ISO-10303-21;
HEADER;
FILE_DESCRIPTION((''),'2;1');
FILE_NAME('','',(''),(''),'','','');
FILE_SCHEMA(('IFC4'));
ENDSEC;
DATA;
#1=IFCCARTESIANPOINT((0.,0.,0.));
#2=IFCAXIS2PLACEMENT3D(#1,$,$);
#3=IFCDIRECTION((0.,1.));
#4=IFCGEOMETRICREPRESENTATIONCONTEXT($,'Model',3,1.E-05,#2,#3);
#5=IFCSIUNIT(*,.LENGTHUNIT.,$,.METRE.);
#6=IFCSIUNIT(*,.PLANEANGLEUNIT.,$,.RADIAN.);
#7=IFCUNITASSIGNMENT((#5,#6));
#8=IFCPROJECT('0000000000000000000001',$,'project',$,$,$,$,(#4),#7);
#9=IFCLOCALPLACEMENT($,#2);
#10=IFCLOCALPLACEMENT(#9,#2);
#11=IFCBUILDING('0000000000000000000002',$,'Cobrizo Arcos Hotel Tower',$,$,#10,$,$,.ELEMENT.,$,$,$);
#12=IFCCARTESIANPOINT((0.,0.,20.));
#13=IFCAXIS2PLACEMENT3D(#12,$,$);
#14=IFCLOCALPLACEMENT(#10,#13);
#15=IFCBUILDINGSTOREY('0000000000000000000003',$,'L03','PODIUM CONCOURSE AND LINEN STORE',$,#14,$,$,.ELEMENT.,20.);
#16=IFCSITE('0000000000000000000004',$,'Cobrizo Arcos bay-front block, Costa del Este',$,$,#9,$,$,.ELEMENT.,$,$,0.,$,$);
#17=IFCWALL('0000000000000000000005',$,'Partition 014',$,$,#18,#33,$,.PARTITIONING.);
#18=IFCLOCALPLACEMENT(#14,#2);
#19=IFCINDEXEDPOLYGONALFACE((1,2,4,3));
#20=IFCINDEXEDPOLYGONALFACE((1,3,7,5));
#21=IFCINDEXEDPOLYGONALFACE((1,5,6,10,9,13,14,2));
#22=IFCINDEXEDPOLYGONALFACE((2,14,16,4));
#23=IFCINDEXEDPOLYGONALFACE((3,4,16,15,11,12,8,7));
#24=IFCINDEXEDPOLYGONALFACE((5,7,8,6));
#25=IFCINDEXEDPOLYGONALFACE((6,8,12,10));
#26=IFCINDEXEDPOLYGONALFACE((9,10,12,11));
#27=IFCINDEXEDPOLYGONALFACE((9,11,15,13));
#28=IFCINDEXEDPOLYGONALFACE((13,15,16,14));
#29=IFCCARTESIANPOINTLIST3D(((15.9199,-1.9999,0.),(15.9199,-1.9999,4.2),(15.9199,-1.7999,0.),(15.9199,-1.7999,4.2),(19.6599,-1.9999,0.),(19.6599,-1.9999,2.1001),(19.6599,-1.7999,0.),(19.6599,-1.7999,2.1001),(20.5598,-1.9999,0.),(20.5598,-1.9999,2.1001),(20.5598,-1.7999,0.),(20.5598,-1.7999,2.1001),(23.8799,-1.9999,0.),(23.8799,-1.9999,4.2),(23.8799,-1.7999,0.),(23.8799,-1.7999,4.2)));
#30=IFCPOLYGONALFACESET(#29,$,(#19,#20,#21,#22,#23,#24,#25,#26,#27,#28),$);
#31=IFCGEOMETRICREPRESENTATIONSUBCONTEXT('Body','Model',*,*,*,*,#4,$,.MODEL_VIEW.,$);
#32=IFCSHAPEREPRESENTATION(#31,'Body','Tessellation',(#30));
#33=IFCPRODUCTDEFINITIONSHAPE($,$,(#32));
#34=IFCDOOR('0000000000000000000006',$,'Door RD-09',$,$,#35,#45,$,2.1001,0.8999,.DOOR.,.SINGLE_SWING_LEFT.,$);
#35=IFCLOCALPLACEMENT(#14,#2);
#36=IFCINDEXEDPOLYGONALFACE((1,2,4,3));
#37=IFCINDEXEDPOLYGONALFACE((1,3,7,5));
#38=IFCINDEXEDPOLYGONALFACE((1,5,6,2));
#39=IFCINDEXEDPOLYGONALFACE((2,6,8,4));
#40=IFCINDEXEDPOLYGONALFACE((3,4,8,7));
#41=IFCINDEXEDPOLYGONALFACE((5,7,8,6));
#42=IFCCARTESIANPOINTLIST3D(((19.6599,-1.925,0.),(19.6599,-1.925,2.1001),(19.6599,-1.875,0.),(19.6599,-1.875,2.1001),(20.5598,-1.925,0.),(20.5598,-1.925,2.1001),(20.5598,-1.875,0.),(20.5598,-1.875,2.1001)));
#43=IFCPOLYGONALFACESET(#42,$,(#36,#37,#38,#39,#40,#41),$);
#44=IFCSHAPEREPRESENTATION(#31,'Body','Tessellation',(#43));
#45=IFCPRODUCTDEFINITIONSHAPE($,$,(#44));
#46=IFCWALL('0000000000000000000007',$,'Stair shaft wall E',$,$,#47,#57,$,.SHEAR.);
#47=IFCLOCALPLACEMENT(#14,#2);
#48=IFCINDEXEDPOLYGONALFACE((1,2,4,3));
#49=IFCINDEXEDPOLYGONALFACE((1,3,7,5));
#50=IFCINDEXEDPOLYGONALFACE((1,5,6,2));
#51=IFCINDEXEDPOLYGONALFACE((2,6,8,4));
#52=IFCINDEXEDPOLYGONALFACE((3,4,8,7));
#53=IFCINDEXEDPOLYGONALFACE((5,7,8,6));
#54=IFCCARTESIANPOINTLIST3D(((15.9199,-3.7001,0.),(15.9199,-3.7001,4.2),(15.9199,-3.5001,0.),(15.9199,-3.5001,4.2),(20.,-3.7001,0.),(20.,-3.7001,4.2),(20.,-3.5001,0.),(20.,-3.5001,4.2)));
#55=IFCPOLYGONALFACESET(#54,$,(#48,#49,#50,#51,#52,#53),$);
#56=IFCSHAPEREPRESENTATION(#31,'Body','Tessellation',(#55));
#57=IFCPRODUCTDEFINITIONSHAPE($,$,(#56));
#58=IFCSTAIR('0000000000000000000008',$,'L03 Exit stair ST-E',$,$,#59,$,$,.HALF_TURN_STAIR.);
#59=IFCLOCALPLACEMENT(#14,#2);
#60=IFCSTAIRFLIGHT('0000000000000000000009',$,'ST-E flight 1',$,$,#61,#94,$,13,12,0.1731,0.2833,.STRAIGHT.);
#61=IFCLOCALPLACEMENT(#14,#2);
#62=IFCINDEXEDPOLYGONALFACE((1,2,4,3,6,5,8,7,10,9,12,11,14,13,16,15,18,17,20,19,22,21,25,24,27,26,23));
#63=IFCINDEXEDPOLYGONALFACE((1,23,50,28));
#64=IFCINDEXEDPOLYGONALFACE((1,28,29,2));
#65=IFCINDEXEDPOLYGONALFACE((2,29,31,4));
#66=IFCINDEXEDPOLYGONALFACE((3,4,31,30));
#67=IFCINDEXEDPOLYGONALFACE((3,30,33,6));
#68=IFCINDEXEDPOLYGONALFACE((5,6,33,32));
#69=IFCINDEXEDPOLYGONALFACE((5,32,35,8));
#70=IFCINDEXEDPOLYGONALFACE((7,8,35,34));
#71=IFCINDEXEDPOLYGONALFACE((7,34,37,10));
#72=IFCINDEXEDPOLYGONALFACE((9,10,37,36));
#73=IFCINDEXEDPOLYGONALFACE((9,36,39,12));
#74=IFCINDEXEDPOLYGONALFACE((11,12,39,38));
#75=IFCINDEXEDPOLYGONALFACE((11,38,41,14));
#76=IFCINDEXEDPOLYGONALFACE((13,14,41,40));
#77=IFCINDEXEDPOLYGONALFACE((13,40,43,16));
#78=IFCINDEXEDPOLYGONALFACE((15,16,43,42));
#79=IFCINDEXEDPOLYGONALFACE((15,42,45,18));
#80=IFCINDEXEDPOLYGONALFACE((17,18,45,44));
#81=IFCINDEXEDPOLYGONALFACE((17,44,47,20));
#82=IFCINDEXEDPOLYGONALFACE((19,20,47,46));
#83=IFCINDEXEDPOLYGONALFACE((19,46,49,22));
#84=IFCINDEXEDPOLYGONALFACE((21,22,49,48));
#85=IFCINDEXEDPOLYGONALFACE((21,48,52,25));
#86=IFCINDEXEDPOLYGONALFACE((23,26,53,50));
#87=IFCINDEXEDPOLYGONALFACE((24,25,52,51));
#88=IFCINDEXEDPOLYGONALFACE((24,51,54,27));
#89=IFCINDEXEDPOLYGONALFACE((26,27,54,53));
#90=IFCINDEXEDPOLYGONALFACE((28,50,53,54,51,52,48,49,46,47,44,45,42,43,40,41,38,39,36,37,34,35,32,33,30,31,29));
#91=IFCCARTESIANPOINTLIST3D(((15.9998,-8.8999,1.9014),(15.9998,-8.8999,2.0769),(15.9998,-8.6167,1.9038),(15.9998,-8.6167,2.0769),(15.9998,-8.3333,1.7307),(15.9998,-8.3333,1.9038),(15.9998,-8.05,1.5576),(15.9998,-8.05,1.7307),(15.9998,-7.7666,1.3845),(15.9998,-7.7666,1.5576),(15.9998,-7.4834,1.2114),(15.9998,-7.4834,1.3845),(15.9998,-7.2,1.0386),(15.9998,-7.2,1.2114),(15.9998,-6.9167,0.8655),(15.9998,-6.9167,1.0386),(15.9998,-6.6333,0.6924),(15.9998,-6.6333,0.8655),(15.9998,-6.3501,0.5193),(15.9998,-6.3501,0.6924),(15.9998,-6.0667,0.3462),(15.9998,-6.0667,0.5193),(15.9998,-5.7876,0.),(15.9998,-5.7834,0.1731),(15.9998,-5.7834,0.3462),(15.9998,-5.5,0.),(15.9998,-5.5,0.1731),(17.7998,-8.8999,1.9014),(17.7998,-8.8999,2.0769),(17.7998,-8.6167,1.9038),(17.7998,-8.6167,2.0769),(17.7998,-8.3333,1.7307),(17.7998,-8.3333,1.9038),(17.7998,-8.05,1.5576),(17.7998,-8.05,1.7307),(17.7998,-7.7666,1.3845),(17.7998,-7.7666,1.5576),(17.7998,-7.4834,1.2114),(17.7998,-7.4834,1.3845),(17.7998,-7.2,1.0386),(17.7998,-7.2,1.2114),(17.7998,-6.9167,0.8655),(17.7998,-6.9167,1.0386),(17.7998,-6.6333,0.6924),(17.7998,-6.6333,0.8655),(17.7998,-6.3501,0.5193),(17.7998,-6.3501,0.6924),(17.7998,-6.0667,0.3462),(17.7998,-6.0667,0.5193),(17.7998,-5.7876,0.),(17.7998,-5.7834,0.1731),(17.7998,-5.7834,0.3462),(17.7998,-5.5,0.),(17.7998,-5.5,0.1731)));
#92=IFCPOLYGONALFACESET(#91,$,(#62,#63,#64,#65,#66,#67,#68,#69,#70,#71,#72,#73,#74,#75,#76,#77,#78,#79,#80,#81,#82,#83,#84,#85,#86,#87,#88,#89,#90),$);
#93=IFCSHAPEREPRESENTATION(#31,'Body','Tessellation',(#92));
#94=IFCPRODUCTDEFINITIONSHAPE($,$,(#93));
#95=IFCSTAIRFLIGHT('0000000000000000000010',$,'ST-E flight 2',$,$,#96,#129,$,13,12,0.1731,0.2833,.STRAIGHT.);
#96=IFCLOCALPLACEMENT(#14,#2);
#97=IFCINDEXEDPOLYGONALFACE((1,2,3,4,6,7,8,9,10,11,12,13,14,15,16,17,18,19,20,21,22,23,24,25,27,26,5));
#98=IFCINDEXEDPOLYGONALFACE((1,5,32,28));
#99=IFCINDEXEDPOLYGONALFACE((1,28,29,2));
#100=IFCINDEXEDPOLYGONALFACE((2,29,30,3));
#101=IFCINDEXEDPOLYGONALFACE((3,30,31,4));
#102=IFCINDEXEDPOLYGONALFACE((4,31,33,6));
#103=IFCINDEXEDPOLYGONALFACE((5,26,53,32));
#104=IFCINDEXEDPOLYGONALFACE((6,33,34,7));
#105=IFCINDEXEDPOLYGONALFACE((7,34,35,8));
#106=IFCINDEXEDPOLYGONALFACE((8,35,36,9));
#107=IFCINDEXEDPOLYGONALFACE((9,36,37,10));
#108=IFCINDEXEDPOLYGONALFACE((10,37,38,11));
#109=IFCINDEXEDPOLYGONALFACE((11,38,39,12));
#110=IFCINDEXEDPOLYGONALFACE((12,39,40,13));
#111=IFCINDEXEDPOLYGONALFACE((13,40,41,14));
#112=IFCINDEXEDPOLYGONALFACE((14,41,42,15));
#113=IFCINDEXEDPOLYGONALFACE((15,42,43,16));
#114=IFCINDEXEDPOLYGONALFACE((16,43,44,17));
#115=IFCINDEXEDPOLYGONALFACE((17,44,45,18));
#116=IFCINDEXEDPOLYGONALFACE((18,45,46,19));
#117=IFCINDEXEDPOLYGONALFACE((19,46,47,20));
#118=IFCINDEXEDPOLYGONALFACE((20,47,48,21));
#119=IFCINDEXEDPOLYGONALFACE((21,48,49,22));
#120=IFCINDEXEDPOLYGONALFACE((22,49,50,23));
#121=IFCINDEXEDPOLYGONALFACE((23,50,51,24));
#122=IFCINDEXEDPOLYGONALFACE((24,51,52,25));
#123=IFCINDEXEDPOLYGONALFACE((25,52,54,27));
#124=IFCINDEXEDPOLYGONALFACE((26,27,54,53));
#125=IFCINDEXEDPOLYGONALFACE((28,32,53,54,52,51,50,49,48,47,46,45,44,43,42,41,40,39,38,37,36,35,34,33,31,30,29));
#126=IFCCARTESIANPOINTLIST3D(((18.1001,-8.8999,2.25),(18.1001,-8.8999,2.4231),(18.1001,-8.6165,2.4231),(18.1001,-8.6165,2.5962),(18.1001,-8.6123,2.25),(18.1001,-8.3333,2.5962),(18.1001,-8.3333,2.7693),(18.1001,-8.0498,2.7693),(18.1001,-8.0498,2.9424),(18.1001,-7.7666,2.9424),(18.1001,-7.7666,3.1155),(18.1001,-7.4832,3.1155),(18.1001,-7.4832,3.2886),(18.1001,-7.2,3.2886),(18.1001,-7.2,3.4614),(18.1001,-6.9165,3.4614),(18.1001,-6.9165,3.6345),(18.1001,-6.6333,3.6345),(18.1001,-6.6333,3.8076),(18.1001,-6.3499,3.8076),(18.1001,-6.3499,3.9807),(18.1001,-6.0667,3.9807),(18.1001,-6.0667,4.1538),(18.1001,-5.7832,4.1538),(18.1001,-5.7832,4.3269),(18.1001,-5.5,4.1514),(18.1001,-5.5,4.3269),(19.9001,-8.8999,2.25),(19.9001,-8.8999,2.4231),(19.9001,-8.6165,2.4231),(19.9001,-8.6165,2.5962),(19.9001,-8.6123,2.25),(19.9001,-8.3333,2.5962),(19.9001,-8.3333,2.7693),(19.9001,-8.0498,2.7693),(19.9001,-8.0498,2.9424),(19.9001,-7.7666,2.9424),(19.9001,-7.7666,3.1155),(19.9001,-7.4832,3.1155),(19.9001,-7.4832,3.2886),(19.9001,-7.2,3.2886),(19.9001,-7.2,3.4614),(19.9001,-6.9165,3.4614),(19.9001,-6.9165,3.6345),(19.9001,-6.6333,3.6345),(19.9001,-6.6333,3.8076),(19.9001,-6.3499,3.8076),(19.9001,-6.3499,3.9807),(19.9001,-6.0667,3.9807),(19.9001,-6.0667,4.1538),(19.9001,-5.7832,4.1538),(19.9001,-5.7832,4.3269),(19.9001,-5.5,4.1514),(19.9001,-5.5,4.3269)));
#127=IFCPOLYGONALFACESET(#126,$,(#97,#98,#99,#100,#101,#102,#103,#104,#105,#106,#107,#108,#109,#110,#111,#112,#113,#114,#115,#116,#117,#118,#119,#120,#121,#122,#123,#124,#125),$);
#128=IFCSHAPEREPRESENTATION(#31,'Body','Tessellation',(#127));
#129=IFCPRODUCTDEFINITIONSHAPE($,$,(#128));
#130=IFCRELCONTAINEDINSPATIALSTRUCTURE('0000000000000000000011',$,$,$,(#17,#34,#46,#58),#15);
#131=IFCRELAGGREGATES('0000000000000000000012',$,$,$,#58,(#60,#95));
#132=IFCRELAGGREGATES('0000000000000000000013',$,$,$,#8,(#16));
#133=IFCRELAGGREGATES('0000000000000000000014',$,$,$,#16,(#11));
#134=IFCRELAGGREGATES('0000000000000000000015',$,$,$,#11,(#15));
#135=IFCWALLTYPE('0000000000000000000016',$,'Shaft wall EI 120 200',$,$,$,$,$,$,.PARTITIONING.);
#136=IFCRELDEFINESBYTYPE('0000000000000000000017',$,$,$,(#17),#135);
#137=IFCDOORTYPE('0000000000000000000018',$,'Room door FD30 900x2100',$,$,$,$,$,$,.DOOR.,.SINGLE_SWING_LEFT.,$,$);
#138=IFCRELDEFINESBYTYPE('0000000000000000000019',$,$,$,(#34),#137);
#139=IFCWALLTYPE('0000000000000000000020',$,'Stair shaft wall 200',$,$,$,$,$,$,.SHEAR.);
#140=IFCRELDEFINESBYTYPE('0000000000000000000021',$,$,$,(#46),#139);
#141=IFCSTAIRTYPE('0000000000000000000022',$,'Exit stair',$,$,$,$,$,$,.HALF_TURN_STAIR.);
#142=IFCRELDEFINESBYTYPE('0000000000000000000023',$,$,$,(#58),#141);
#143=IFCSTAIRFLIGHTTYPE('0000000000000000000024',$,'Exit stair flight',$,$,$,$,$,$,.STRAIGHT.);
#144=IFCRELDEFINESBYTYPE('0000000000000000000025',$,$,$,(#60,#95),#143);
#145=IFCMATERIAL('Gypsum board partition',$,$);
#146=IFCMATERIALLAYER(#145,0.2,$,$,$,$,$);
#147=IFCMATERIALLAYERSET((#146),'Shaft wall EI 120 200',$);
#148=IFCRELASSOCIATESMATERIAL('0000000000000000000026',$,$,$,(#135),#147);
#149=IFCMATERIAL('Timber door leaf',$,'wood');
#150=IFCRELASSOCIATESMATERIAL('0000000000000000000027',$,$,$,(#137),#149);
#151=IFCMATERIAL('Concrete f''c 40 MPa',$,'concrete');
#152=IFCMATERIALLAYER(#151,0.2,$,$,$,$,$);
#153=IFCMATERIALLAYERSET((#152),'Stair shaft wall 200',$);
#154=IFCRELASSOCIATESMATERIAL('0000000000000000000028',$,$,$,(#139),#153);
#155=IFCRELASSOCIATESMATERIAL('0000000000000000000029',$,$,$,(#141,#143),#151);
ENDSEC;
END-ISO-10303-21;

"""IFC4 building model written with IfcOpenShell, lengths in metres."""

from ifc_helpers import new_model, si_unit, direction, frame, frame_2d, origin, place, context, subcontext, project, spatial, polyline, rectangle, outline, extrude, material, layer, layer_set, type_object, element, fill, aggregate, save


model = new_model("IFC4")

# Units and contexts
model_context = context("Model", 3, precision=1e-05, world=origin(), true_north=direction((0.0, 1.0)))
body_context = subcontext(model_context, "Body", "Model", "MODEL_VIEW")
ifc_project = project(units=[si_unit("LENGTHUNIT", "METRE"), si_unit("PLANEANGLEUNIT", "RADIAN")], contexts=[model_context])

# Site, building, storey
site_placement = place(None, origin())
site = spatial("IfcSite", under=ifc_project, at=site_placement, Name="Cobrizo Arcos bay-front block, Costa del Este", CompositionType="ELEMENT", RefElevation=0.0)
building_placement = place(site_placement, origin())
building = spatial("IfcBuilding", under=site, at=building_placement, Name="Cobrizo Arcos Hotel Tower", CompositionType="ELEMENT")
storey_placement = place(building_placement, frame((0.0, 0.0, 20.0)))
storey = spatial("IfcBuildingStorey", under=building, at=storey_placement, Name="L03", Description="PODIUM CONCOURSE AND LINEN STORE", CompositionType="ELEMENT", Elevation=20.0)

# Wall, opening, door
ifc_material_1 = material(Name="Gypsum board partition")
ifc_layer_1 = layer(ifc_material_1, 0.2)
ifc_layer_set_1 = layer_set([ifc_layer_1], Name="Shaft wall EI 120 200")
wall_type_1 = type_object("IfcWallType", Name="Shaft wall EI 120 200", PredefinedType="PARTITIONING", material=ifc_layer_set_1)
wall_1_placement = place(storey_placement, frame((15.9199, -1.8999, 0.0), z_axis=(0.0, 0.0, 1.0), x_axis=(1.0, 0.0, 0.0)))
wall_1 = element("IfcWall", 1, at=wall_1_placement, inside=storey, type_object=wall_type_1, Name="Partition 014", PredefinedType="PARTITIONING", context=body_context, shape_type="SweptSolid", body=[
    extrude(rectangle(XDim=7.96, YDim=0.2, at=frame_2d((3.98, 0.0))), origin(), (0.0, 0.0, 1.0), 4.2),
])
opening_1_placement = place(wall_1_placement, frame((3.74, 0.0, 0.0)))
opening_1 = element("IfcOpeningElement", 2, at=opening_1_placement, cuts=wall_1, PredefinedType="OPENING", context=body_context, shape_type="SweptSolid", body=[
    extrude(rectangle(XDim=0.8999, YDim=2.1001, at=frame_2d((0.45, 1.05))), frame((0.0, 0.1121, 0.0), z_axis=(0.0, -1.0, 0.0), x_axis=(1.0, 0.0, 0.0)), (0.0, 0.0, 1.0), 0.2239),
])
ifc_material_2 = material(Name="Timber door leaf", Category="wood")
door_type_1 = type_object("IfcDoorType", Name="Room door FD30 900x2100", OperationType="SINGLE_SWING_LEFT", PredefinedType="DOOR", material=ifc_material_2)
door_1_placement = place(opening_1_placement, origin())
door_1 = element("IfcDoor", 3, at=door_1_placement, inside=storey, type_object=door_type_1, Name="Door RD-09", OperationType="SINGLE_SWING_LEFT", OverallHeight=2.1001, OverallWidth=0.8999, PredefinedType="DOOR", context=body_context, shape_type="SweptSolid", body=[
    extrude(rectangle(XDim=0.8999, YDim=2.1001, at=frame_2d((0.45, 1.05))), frame((0.0, 0.0249, 0.0), z_axis=(0.0, -1.0, 0.0), x_axis=(1.0, 0.0, 0.0)), (0.0, 0.0, 1.0), 0.05),
])
fill(opening_1, door_1)

# Wall
ifc_material_3 = material(Name="Concrete f'c 40 MPa", Category="concrete")
ifc_layer_2 = layer(ifc_material_3, 0.2)
ifc_layer_set_2 = layer_set([ifc_layer_2], Name="Stair shaft wall 200")
wall_type_2 = type_object("IfcWallType", Name="Stair shaft wall 200", PredefinedType="SHEAR", material=ifc_layer_set_2)
wall_2_placement = place(storey_placement, frame((15.9199, -3.6001, 0.0), z_axis=(0.0, 0.0, 1.0), x_axis=(1.0, 0.0, 0.0)))
element("IfcWall", 4, at=wall_2_placement, inside=storey, type_object=wall_type_2, Name="Stair shaft wall E", PredefinedType="SHEAR", context=body_context, shape_type="SweptSolid", body=[
    extrude(rectangle(XDim=4.0801, YDim=0.2, at=frame_2d((2.04, 0.0))), origin(), (0.0, 0.0, 1.0), 4.2),
])

# Stair, stair flights
stair_type = type_object("IfcStairType", Name="Exit stair", PredefinedType="HALF_TURN_STAIR", material=ifc_material_3)
stair_placement = place(storey_placement, origin())
stair = element("IfcStair", 5, at=stair_placement, inside=storey, type_object=stair_type, Name="L03 Exit stair ST-E", PredefinedType="HALF_TURN_STAIR")
stair_flight_type = type_object("IfcStairFlightType", Name="Exit stair flight", PredefinedType="STRAIGHT", material=ifc_material_3)
stair_flight_1_placement = place(storey_placement, frame((16.8999, -5.5, 0.0), z_axis=(0.0, 0.0, 1.0), x_axis=(0.0, -1.0, 0.0)))
stair_flight_1 = element("IfcStairFlight", 6, at=stair_flight_1_placement, type_object=stair_flight_type, Name="ST-E flight 1", NumberOfRisers=13, NumberOfTreads=12, PredefinedType="STRAIGHT", RiserHeight=0.1731, TreadLength=0.2833, context=body_context, shape_type="SweptSolid", body=[
    extrude(outline(polyline([(0.0, 0.0), (0.0, 0.1731), (0.2834, 0.1731), (0.2834, 0.3462), (0.5667, 0.3462), (0.5667, 0.5193), (0.8501, 0.5193), (0.8501, 0.6924), (1.1333, 0.6924), (1.1333, 0.8655), (1.4167, 0.8655), (1.4167, 1.0386), (1.7, 1.0386), (1.7, 1.2114), (1.9834, 1.2114), (1.9834, 1.3845), (2.2666, 1.3845), (2.2666, 1.5576), (2.55, 1.5576), (2.55, 1.7307), (2.8333, 1.7307), (2.8333, 1.9038), (3.1167, 1.9038), (3.1167, 2.0769), (3.3999, 2.0769), (3.3999, 2.25), (3.3999, 1.9014), (0.2876, 0.0), (0.0, 0.0)])), frame((0.0, 0.8999, 0.0), z_axis=(0.0, -1.0, 0.0), x_axis=(1.0, 0.0, 0.0)), (0.0, 0.0, 1.0), 1.8),
])
stair_flight_2_placement = place(storey_placement, frame((19.0, -8.8999, 2.25), z_axis=(0.0, 0.0, 1.0), x_axis=(0.0, 1.0, 0.0)))
stair_flight_2 = element("IfcStairFlight", 7, at=stair_flight_2_placement, type_object=stair_flight_type, Name="ST-E flight 2", NumberOfRisers=13, NumberOfTreads=12, PredefinedType="STRAIGHT", RiserHeight=0.1731, TreadLength=0.2833, context=body_context, shape_type="SweptSolid", body=[
    extrude(outline(polyline([(0.0, 0.0), (0.0, 0.1731), (0.2834, 0.1731), (0.2834, 0.3462), (0.5667, 0.3462), (0.5667, 0.5193), (0.8501, 0.5193), (0.8501, 0.6924), (1.1333, 0.6924), (1.1333, 0.8655), (1.4167, 0.8655), (1.4167, 1.0386), (1.7, 1.0386), (1.7, 1.2114), (1.9834, 1.2114), (1.9834, 1.3845), (2.2666, 1.3845), (2.2666, 1.5576), (2.55, 1.5576), (2.55, 1.7307), (2.8333, 1.7307), (2.8333, 1.9038), (3.1167, 1.9038), (3.1167, 2.0769), (3.3999, 2.0769), (3.3999, 2.25), (3.3999, 1.9014), (0.2876, 0.0), (0.0, 0.0)])), frame((0.0, 0.8999, 0.0), z_axis=(0.0, -1.0, 0.0), x_axis=(1.0, 0.0, 0.0)), (0.0, 0.0, 1.0), 1.8),
])
aggregate(stair, [stair_flight_1, stair_flight_2])

save(model, "model.ifc")
